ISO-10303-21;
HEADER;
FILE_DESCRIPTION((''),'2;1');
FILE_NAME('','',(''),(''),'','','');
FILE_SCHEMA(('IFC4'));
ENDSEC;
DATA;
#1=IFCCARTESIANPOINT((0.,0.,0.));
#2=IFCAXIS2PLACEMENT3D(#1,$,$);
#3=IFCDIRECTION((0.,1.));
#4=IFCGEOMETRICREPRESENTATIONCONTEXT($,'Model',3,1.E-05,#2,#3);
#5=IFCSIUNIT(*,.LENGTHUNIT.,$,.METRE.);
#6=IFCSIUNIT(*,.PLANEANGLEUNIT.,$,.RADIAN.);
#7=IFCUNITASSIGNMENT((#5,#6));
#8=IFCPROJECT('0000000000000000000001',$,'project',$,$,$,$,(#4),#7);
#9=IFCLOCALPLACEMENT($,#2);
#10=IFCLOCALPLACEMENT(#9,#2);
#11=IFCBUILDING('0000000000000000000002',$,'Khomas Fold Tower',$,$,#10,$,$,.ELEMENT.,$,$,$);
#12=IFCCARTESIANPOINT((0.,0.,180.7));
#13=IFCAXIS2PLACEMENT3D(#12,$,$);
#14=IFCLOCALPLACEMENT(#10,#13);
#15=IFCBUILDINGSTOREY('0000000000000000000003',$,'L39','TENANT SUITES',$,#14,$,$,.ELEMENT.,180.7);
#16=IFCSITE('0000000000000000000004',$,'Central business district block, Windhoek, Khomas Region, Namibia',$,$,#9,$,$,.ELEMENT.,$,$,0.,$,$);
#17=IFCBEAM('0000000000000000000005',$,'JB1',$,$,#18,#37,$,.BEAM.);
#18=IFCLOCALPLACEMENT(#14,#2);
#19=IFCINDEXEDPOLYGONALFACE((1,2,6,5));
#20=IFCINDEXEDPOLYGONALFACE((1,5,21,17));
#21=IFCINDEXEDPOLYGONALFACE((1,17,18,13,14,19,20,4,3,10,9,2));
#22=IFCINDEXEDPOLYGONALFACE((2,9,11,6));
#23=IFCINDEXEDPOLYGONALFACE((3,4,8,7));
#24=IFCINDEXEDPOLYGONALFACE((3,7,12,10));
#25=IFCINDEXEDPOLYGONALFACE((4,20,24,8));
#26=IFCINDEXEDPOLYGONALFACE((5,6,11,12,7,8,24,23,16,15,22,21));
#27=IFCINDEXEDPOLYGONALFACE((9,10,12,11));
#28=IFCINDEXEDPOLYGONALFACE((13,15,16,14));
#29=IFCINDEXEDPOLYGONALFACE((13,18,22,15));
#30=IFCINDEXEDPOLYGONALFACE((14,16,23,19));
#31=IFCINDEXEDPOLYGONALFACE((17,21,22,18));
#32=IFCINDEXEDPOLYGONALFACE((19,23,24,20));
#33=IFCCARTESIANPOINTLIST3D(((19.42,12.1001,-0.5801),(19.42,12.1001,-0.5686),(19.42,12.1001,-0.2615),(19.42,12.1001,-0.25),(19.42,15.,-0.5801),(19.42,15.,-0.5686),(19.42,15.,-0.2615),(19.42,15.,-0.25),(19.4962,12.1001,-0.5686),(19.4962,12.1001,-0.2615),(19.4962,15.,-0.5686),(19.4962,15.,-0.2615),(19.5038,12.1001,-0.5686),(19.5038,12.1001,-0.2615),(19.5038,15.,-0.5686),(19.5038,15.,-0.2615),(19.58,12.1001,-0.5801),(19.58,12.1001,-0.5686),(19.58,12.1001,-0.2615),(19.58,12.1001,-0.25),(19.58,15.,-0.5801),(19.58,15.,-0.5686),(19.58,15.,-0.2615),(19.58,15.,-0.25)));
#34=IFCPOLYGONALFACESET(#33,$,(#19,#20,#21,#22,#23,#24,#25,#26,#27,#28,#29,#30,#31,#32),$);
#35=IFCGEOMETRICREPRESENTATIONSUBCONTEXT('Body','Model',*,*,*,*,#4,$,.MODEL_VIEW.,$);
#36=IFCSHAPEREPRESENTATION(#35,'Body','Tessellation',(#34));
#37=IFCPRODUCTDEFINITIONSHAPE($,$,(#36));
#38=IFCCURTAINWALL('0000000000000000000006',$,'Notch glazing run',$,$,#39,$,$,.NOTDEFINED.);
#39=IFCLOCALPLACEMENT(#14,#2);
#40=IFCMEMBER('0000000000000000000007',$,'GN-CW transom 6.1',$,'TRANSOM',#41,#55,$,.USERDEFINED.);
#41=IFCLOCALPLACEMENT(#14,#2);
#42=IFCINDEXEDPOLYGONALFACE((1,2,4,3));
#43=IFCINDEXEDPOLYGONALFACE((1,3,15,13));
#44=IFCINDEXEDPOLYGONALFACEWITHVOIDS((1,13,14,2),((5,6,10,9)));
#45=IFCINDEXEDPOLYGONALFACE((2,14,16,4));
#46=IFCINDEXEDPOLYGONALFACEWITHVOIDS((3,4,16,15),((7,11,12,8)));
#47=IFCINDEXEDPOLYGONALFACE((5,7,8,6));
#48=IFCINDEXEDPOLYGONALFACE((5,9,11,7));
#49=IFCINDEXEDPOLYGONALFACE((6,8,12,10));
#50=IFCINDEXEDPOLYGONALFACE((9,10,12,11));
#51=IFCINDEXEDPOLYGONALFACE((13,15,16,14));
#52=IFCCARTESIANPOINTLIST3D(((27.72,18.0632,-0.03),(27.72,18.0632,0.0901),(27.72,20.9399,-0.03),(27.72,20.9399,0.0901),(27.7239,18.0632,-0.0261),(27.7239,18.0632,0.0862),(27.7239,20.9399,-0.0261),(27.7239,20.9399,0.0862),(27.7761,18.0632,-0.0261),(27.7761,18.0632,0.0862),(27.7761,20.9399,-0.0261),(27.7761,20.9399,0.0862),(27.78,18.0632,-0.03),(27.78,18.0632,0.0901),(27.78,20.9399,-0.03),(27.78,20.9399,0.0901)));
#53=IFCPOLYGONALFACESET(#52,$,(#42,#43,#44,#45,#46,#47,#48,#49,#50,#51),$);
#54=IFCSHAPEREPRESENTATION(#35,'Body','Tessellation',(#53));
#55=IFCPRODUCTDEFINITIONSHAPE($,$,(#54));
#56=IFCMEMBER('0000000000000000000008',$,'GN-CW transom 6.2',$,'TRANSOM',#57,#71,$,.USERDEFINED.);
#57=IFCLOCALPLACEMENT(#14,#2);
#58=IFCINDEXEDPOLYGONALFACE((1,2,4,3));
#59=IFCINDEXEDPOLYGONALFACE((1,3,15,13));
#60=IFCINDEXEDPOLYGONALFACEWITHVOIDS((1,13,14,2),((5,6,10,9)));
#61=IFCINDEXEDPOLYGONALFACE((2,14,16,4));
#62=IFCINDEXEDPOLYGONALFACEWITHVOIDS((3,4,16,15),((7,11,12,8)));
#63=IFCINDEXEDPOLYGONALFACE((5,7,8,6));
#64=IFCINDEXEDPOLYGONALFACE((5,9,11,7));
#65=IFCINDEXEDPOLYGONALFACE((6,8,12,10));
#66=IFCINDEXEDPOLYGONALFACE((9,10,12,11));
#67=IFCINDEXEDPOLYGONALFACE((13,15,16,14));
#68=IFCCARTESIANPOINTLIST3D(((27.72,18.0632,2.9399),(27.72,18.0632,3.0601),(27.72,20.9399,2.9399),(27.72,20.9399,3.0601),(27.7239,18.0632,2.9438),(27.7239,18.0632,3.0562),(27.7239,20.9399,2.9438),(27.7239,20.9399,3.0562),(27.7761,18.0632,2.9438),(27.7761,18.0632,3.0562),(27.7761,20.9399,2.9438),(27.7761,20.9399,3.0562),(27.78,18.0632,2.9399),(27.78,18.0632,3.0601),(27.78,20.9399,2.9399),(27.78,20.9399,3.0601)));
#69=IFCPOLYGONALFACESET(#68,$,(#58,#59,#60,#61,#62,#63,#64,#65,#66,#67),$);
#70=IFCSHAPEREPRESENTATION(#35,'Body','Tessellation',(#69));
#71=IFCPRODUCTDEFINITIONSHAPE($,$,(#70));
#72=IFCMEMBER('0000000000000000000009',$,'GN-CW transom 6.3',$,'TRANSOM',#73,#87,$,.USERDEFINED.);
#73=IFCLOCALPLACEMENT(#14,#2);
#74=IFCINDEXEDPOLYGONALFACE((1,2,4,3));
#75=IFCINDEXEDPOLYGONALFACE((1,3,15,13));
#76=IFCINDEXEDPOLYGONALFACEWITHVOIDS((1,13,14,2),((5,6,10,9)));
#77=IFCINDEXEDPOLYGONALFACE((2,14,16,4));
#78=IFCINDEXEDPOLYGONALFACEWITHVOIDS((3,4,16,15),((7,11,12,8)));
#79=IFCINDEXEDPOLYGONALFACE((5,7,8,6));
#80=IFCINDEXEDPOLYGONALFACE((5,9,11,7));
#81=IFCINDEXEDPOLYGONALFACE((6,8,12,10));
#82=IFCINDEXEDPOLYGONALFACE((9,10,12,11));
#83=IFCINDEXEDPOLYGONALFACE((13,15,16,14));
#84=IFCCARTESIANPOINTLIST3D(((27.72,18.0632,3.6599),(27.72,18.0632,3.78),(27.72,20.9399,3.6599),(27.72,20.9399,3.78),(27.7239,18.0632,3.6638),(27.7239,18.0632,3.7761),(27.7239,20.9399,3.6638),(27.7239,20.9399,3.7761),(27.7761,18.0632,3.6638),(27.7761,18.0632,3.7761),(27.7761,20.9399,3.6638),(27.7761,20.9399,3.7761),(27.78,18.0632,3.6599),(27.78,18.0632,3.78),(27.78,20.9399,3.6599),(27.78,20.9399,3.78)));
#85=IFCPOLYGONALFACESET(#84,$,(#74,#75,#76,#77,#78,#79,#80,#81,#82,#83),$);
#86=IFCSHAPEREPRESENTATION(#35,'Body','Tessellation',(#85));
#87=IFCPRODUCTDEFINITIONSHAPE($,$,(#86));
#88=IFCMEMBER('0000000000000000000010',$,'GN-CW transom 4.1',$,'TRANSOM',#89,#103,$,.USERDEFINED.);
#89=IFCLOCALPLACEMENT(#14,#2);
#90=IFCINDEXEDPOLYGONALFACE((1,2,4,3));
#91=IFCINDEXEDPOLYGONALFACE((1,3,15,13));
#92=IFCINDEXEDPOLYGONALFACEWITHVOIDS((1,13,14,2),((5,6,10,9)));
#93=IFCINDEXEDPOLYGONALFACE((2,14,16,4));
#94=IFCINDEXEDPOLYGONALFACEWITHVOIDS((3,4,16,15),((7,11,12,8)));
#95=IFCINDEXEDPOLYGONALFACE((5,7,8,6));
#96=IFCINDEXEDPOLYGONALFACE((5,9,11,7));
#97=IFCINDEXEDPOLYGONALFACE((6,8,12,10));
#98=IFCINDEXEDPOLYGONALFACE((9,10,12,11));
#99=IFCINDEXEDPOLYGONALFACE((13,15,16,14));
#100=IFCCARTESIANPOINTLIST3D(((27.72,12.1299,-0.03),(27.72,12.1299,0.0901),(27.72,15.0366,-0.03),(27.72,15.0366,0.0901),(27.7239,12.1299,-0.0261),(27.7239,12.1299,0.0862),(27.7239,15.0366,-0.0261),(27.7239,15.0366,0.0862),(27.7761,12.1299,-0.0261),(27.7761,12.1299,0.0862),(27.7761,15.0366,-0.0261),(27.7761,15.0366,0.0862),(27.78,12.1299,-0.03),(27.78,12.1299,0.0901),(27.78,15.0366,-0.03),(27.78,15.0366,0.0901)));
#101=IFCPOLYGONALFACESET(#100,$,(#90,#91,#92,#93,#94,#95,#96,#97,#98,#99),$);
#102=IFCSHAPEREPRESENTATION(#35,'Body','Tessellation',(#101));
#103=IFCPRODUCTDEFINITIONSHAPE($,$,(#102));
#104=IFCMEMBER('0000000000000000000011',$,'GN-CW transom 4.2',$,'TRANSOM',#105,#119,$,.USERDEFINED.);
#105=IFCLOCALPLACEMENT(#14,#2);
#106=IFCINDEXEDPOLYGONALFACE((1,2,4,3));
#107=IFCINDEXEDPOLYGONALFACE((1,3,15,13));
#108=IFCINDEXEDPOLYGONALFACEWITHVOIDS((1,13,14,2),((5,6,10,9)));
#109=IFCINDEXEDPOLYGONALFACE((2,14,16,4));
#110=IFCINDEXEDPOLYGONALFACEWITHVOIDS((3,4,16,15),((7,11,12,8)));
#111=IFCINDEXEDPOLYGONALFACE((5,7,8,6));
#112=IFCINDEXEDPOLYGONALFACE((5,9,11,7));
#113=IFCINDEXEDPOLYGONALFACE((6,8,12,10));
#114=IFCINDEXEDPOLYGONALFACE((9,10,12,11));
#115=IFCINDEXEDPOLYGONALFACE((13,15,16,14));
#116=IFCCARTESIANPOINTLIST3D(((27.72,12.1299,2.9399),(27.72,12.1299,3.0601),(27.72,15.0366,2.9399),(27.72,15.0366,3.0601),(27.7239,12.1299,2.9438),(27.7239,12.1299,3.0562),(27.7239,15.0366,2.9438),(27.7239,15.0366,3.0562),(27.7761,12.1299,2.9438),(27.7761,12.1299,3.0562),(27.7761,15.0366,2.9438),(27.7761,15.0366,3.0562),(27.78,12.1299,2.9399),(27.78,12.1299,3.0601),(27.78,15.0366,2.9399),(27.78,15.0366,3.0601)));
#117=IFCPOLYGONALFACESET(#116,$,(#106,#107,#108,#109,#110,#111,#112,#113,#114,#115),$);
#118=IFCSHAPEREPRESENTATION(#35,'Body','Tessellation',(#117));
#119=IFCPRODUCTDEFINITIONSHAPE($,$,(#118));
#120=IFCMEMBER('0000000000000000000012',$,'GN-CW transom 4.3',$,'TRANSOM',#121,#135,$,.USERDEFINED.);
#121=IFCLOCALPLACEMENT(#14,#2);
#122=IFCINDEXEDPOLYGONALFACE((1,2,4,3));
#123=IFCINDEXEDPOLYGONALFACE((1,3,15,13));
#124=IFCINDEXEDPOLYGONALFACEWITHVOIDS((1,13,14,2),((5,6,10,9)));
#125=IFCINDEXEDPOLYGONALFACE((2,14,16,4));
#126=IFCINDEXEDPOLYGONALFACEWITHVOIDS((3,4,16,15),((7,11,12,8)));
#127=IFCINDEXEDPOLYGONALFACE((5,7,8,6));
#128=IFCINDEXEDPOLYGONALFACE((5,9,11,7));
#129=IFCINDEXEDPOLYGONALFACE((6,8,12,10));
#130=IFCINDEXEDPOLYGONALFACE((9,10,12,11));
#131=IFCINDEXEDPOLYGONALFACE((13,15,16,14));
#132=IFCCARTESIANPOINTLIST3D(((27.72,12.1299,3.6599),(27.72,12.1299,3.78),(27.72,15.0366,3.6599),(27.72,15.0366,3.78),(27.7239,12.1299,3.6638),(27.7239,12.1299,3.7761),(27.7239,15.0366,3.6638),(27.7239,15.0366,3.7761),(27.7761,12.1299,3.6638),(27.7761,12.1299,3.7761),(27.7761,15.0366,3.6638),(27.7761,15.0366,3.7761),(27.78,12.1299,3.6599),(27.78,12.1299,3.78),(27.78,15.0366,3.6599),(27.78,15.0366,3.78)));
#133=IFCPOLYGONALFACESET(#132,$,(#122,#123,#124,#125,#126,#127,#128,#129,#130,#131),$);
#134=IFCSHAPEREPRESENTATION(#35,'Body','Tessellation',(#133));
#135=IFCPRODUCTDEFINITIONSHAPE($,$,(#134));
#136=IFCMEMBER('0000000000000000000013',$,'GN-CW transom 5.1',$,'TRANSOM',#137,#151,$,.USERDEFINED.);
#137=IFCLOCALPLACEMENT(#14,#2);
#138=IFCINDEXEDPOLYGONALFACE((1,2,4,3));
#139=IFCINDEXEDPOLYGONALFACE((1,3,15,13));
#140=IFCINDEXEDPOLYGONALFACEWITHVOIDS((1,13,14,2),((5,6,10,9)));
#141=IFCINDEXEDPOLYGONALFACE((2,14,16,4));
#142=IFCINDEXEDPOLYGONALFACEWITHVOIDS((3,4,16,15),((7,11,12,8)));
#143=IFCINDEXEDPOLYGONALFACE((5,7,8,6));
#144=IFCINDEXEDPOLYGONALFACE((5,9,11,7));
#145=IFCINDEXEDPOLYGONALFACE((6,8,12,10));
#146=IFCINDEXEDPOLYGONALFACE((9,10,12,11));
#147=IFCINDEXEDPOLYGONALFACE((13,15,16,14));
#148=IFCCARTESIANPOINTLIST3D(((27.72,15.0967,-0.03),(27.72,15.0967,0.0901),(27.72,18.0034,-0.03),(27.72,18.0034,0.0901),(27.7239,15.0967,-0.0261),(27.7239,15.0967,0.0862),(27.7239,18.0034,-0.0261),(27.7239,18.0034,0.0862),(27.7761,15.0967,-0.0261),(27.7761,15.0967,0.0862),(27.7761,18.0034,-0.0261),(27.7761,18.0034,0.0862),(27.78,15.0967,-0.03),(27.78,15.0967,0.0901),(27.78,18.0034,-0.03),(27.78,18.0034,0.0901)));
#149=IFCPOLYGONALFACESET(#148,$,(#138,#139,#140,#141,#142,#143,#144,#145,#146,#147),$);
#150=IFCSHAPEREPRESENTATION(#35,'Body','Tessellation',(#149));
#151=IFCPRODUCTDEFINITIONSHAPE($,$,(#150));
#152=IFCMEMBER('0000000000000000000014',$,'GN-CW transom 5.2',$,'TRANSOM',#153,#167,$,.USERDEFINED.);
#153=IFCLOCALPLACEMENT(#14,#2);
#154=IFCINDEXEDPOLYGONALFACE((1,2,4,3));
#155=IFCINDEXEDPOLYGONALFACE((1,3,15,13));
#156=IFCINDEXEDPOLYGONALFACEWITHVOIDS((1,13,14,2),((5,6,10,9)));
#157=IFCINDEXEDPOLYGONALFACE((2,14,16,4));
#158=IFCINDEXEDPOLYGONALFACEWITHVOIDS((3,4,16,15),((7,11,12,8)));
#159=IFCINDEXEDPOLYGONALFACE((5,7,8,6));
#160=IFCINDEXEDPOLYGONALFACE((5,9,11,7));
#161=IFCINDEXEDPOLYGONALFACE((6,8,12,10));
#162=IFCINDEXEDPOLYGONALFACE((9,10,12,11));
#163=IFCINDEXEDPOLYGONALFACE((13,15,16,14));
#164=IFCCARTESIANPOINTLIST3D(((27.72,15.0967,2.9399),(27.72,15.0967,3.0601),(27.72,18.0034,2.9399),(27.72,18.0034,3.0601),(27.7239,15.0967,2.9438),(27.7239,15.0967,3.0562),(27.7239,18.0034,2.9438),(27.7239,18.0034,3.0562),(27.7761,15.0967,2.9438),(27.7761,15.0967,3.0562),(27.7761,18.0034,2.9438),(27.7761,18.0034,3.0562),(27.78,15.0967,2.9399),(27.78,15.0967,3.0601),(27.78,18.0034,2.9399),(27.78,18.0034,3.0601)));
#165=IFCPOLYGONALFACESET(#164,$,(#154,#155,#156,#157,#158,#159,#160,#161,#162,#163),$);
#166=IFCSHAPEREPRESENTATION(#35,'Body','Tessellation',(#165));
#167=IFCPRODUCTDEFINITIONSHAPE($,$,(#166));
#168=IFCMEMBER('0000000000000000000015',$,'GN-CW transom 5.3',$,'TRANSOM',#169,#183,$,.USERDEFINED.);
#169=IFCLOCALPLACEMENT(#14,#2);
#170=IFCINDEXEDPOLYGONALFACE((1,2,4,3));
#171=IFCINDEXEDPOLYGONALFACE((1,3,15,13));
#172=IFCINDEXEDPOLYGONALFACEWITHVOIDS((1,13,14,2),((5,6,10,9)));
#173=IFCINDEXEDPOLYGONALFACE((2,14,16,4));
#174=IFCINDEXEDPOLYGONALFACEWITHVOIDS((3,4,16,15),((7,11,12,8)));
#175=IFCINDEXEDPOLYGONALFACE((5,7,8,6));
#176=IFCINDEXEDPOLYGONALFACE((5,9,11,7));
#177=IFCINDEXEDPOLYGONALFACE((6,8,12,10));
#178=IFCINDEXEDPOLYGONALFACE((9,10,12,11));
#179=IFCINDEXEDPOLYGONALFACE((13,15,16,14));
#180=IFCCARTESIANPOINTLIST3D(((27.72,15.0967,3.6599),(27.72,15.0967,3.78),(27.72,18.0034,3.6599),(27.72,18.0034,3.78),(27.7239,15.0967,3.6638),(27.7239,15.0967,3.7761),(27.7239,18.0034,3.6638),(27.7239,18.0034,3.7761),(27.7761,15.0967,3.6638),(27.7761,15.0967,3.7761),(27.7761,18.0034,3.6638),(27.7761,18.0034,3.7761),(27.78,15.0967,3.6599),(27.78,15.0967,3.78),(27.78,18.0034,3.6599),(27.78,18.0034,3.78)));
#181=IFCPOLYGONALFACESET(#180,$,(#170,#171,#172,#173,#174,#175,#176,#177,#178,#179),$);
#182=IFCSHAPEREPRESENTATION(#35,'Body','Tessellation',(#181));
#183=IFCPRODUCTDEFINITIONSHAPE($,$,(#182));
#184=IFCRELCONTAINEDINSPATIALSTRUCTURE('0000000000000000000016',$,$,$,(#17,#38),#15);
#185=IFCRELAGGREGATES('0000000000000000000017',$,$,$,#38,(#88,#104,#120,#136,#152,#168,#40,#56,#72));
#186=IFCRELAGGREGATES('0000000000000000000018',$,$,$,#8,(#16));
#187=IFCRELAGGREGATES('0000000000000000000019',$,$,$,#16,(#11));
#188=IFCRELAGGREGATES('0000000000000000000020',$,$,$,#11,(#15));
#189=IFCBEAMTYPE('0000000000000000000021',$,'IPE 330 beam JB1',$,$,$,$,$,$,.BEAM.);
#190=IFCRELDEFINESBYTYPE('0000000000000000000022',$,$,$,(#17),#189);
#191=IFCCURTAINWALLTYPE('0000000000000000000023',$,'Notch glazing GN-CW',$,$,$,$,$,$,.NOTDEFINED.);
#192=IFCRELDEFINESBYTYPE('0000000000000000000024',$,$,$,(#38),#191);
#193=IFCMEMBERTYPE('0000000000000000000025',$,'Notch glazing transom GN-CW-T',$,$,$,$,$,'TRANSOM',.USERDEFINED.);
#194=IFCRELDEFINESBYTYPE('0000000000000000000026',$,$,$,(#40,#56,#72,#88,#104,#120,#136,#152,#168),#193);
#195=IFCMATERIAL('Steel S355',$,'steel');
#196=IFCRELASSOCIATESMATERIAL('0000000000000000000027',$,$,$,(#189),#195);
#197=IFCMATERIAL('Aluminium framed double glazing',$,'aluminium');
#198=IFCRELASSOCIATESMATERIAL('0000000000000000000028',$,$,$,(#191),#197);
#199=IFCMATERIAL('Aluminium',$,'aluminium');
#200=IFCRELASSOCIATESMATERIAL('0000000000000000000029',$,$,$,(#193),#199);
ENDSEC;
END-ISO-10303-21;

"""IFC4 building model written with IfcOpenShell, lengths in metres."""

from ifc_helpers import new_model, si_unit, direction, frame, origin, origin_2d, place, context, subcontext, project, spatial, hollow_rectangle, i_section, extrude, source, transform, mapped, material, material_profile, profile_set, type_object, element, aggregate, save


model = new_model("IFC4")

# Units and contexts
model_context = context("Model", 3, precision=1e-05, world=origin(), true_north=direction((0.0, 1.0)))
body_context = subcontext(model_context, "Body", "Model", "MODEL_VIEW")
ifc_project = project(units=[si_unit("LENGTHUNIT", "METRE"), si_unit("PLANEANGLEUNIT", "RADIAN")], contexts=[model_context])

# Site, building, storey
site_placement = place(None, origin())
site = spatial("IfcSite", under=ifc_project, at=site_placement, Name="Central business district block, Windhoek, Khomas Region, Namibia", CompositionType="ELEMENT", RefElevation=0.0)
building_placement = place(site_placement, origin())
building = spatial("IfcBuilding", under=site, at=building_placement, Name="Khomas Fold Tower", CompositionType="ELEMENT")
storey_placement = place(building_placement, frame((0.0, 0.0, 180.7)))
storey = spatial("IfcBuildingStorey", under=building, at=storey_placement, Name="L39", Description="TENANT SUITES", CompositionType="ELEMENT", Elevation=180.7)

# Beam
ifc_material_1 = material(Name="Steel S355", Category="steel")
ifc_material_profile_1 = material_profile(ifc_material_1, i_section(OverallWidth=0.1599, OverallDepth=0.3301, WebThickness=0.0076, FlangeThickness=0.0115, at=origin_2d()), Name="IPE 330")
ifc_profile_set_1 = profile_set([ifc_material_profile_1], Name="Steel S355")
beam_type = type_object("IfcBeamType", Name="IPE 330 beam JB1", PredefinedType="BEAM", material=ifc_profile_set_1)
shared_shape_1 = source(origin(), body_context, "Body", "SweptSolid", [
    extrude(i_section(OverallWidth=0.1599, OverallDepth=0.3301, WebThickness=0.0076, FlangeThickness=0.0115, at=origin_2d()), origin(), (0.0, 0.0, 1.0), 2.8999),
])
beam_placement = place(storey_placement, frame((19.5, 12.1001, -0.415), z_axis=(0.0, 1.0, 0.0), x_axis=(-1.0, 0.0, 0.0)))
element("IfcBeam", 1, at=beam_placement, inside=storey, type_object=beam_type, Name="JB1", PredefinedType="BEAM", context=body_context, shape_type="MappedRepresentation", body=[
    mapped(shared_shape_1, transform((0.0, 0.0, 0.0))),
])

# Curtain wall, members
ifc_material_2 = material(Name="Aluminium framed double glazing", Category="aluminium")
curtain_wall_type = type_object("IfcCurtainWallType", Name="Notch glazing GN-CW", PredefinedType="NOTDEFINED", material=ifc_material_2)
curtain_wall_placement = place(storey_placement, origin())
curtain_wall = element("IfcCurtainWall", 2, at=curtain_wall_placement, inside=storey, type_object=curtain_wall_type, Name="Notch glazing run", PredefinedType="NOTDEFINED")
ifc_material_3 = material(Name="Aluminium", Category="aluminium")
ifc_material_profile_2 = material_profile(ifc_material_3, hollow_rectangle(XDim=0.0601, YDim=0.1201, WallThickness=0.0039, at=origin_2d()), Name="Notch glazing transom GN-CW-T")
ifc_profile_set_2 = profile_set([ifc_material_profile_2], Name="Aluminium")
member_type_1 = type_object("IfcMemberType", Name="Notch glazing transom GN-CW-T", ElementType="TRANSOM", PredefinedType="USERDEFINED", material=ifc_profile_set_2)
shared_shape_2 = source(origin(), body_context, "Body", "SweptSolid", [
    extrude(hollow_rectangle(XDim=0.0601, YDim=0.1201, WallThickness=0.0039, at=origin_2d()), origin(), (0.0, 0.0, 1.0), 2.8767),
])
member_1_placement = place(storey_placement, frame((27.75, 18.0632, 0.03), z_axis=(0.0, 1.0, 0.0), x_axis=(-1.0, 0.0, 0.0)))
member_1 = element("IfcMember", 3, at=member_1_placement, type_object=member_type_1, Name="GN-CW transom 6.1", ObjectType="TRANSOM", PredefinedType="USERDEFINED", context=body_context, shape_type="MappedRepresentation", body=[
    mapped(shared_shape_2, transform((0.0, 0.0, 0.0))),
])
member_2_placement = place(storey_placement, frame((27.75, 18.0632, 3.0), z_axis=(0.0, 1.0, 0.0), x_axis=(-1.0, 0.0, 0.0)))
member_2 = element("IfcMember", 4, at=member_2_placement, type_object=member_type_1, Name="GN-CW transom 6.2", ObjectType="TRANSOM", PredefinedType="USERDEFINED", context=body_context, shape_type="MappedRepresentation", body=[
    mapped(shared_shape_2, transform((0.0, 0.0, 0.0))),
])
member_3_placement = place(storey_placement, frame((27.75, 18.0632, 3.72), z_axis=(0.0, 1.0, 0.0), x_axis=(-1.0, 0.0, 0.0)))
member_3 = element("IfcMember", 5, at=member_3_placement, type_object=member_type_1, Name="GN-CW transom 6.3", ObjectType="TRANSOM", PredefinedType="USERDEFINED", context=body_context, shape_type="MappedRepresentation", body=[
    mapped(shared_shape_2, transform((0.0, 0.0, 0.0))),
])
shared_shape_3 = source(origin(), body_context, "Body", "SweptSolid", [
    extrude(hollow_rectangle(XDim=0.0601, YDim=0.1201, WallThickness=0.0039, at=origin_2d()), origin(), (0.0, 0.0, 1.0), 2.9067),
])
member_4_placement = place(storey_placement, frame((27.75, 12.1299, 0.03), z_axis=(0.0, 1.0, 0.0), x_axis=(-1.0, 0.0, 0.0)))
member_4 = element("IfcMember", 6, at=member_4_placement, type_object=member_type_1, Name="GN-CW transom 4.1", ObjectType="TRANSOM", PredefinedType="USERDEFINED", context=body_context, shape_type="MappedRepresentation", body=[
    mapped(shared_shape_3, transform((0.0, 0.0, 0.0))),
])
member_5_placement = place(storey_placement, frame((27.75, 12.1299, 3.0), z_axis=(0.0, 1.0, 0.0), x_axis=(-1.0, 0.0, 0.0)))
member_5 = element("IfcMember", 7, at=member_5_placement, type_object=member_type_1, Name="GN-CW transom 4.2", ObjectType="TRANSOM", PredefinedType="USERDEFINED", context=body_context, shape_type="MappedRepresentation", body=[
    mapped(shared_shape_3, transform((0.0, 0.0, 0.0))),
])
member_6_placement = place(storey_placement, frame((27.75, 12.1299, 3.72), z_axis=(0.0, 1.0, 0.0), x_axis=(-1.0, 0.0, 0.0)))
member_6 = element("IfcMember", 8, at=member_6_placement, type_object=member_type_1, Name="GN-CW transom 4.3", ObjectType="TRANSOM", PredefinedType="USERDEFINED", context=body_context, shape_type="MappedRepresentation", body=[
    mapped(shared_shape_3, transform((0.0, 0.0, 0.0))),
])
member_7_placement = place(storey_placement, frame((27.75, 15.0967, 0.03), z_axis=(0.0, 1.0, 0.0), x_axis=(-1.0, 0.0, 0.0)))
member_7 = element("IfcMember", 9, at=member_7_placement, type_object=member_type_1, Name="GN-CW transom 5.1", ObjectType="TRANSOM", PredefinedType="USERDEFINED", context=body_context, shape_type="MappedRepresentation", body=[
    mapped(shared_shape_3, transform((0.0, 0.0, 0.0))),
])
member_8_placement = place(storey_placement, frame((27.75, 15.0967, 3.0), z_axis=(0.0, 1.0, 0.0), x_axis=(-1.0, 0.0, 0.0)))
member_8 = element("IfcMember", 10, at=member_8_placement, type_object=member_type_1, Name="GN-CW transom 5.2", ObjectType="TRANSOM", PredefinedType="USERDEFINED", context=body_context, shape_type="MappedRepresentation", body=[
    mapped(shared_shape_3, transform((0.0, 0.0, 0.0))),
])
member_9_placement = place(storey_placement, frame((27.75, 15.0967, 3.72), z_axis=(0.0, 1.0, 0.0), x_axis=(-1.0, 0.0, 0.0)))
member_9 = element("IfcMember", 11, at=member_9_placement, type_object=member_type_1, Name="GN-CW transom 5.3", ObjectType="TRANSOM", PredefinedType="USERDEFINED", context=body_context, shape_type="MappedRepresentation", body=[
    mapped(shared_shape_3, transform((0.0, 0.0, 0.0))),
])
aggregate(curtain_wall, [member_4, member_5, member_6, member_7, member_8, member_9, member_1, member_2, member_3])

save(model, "model.ifc")
